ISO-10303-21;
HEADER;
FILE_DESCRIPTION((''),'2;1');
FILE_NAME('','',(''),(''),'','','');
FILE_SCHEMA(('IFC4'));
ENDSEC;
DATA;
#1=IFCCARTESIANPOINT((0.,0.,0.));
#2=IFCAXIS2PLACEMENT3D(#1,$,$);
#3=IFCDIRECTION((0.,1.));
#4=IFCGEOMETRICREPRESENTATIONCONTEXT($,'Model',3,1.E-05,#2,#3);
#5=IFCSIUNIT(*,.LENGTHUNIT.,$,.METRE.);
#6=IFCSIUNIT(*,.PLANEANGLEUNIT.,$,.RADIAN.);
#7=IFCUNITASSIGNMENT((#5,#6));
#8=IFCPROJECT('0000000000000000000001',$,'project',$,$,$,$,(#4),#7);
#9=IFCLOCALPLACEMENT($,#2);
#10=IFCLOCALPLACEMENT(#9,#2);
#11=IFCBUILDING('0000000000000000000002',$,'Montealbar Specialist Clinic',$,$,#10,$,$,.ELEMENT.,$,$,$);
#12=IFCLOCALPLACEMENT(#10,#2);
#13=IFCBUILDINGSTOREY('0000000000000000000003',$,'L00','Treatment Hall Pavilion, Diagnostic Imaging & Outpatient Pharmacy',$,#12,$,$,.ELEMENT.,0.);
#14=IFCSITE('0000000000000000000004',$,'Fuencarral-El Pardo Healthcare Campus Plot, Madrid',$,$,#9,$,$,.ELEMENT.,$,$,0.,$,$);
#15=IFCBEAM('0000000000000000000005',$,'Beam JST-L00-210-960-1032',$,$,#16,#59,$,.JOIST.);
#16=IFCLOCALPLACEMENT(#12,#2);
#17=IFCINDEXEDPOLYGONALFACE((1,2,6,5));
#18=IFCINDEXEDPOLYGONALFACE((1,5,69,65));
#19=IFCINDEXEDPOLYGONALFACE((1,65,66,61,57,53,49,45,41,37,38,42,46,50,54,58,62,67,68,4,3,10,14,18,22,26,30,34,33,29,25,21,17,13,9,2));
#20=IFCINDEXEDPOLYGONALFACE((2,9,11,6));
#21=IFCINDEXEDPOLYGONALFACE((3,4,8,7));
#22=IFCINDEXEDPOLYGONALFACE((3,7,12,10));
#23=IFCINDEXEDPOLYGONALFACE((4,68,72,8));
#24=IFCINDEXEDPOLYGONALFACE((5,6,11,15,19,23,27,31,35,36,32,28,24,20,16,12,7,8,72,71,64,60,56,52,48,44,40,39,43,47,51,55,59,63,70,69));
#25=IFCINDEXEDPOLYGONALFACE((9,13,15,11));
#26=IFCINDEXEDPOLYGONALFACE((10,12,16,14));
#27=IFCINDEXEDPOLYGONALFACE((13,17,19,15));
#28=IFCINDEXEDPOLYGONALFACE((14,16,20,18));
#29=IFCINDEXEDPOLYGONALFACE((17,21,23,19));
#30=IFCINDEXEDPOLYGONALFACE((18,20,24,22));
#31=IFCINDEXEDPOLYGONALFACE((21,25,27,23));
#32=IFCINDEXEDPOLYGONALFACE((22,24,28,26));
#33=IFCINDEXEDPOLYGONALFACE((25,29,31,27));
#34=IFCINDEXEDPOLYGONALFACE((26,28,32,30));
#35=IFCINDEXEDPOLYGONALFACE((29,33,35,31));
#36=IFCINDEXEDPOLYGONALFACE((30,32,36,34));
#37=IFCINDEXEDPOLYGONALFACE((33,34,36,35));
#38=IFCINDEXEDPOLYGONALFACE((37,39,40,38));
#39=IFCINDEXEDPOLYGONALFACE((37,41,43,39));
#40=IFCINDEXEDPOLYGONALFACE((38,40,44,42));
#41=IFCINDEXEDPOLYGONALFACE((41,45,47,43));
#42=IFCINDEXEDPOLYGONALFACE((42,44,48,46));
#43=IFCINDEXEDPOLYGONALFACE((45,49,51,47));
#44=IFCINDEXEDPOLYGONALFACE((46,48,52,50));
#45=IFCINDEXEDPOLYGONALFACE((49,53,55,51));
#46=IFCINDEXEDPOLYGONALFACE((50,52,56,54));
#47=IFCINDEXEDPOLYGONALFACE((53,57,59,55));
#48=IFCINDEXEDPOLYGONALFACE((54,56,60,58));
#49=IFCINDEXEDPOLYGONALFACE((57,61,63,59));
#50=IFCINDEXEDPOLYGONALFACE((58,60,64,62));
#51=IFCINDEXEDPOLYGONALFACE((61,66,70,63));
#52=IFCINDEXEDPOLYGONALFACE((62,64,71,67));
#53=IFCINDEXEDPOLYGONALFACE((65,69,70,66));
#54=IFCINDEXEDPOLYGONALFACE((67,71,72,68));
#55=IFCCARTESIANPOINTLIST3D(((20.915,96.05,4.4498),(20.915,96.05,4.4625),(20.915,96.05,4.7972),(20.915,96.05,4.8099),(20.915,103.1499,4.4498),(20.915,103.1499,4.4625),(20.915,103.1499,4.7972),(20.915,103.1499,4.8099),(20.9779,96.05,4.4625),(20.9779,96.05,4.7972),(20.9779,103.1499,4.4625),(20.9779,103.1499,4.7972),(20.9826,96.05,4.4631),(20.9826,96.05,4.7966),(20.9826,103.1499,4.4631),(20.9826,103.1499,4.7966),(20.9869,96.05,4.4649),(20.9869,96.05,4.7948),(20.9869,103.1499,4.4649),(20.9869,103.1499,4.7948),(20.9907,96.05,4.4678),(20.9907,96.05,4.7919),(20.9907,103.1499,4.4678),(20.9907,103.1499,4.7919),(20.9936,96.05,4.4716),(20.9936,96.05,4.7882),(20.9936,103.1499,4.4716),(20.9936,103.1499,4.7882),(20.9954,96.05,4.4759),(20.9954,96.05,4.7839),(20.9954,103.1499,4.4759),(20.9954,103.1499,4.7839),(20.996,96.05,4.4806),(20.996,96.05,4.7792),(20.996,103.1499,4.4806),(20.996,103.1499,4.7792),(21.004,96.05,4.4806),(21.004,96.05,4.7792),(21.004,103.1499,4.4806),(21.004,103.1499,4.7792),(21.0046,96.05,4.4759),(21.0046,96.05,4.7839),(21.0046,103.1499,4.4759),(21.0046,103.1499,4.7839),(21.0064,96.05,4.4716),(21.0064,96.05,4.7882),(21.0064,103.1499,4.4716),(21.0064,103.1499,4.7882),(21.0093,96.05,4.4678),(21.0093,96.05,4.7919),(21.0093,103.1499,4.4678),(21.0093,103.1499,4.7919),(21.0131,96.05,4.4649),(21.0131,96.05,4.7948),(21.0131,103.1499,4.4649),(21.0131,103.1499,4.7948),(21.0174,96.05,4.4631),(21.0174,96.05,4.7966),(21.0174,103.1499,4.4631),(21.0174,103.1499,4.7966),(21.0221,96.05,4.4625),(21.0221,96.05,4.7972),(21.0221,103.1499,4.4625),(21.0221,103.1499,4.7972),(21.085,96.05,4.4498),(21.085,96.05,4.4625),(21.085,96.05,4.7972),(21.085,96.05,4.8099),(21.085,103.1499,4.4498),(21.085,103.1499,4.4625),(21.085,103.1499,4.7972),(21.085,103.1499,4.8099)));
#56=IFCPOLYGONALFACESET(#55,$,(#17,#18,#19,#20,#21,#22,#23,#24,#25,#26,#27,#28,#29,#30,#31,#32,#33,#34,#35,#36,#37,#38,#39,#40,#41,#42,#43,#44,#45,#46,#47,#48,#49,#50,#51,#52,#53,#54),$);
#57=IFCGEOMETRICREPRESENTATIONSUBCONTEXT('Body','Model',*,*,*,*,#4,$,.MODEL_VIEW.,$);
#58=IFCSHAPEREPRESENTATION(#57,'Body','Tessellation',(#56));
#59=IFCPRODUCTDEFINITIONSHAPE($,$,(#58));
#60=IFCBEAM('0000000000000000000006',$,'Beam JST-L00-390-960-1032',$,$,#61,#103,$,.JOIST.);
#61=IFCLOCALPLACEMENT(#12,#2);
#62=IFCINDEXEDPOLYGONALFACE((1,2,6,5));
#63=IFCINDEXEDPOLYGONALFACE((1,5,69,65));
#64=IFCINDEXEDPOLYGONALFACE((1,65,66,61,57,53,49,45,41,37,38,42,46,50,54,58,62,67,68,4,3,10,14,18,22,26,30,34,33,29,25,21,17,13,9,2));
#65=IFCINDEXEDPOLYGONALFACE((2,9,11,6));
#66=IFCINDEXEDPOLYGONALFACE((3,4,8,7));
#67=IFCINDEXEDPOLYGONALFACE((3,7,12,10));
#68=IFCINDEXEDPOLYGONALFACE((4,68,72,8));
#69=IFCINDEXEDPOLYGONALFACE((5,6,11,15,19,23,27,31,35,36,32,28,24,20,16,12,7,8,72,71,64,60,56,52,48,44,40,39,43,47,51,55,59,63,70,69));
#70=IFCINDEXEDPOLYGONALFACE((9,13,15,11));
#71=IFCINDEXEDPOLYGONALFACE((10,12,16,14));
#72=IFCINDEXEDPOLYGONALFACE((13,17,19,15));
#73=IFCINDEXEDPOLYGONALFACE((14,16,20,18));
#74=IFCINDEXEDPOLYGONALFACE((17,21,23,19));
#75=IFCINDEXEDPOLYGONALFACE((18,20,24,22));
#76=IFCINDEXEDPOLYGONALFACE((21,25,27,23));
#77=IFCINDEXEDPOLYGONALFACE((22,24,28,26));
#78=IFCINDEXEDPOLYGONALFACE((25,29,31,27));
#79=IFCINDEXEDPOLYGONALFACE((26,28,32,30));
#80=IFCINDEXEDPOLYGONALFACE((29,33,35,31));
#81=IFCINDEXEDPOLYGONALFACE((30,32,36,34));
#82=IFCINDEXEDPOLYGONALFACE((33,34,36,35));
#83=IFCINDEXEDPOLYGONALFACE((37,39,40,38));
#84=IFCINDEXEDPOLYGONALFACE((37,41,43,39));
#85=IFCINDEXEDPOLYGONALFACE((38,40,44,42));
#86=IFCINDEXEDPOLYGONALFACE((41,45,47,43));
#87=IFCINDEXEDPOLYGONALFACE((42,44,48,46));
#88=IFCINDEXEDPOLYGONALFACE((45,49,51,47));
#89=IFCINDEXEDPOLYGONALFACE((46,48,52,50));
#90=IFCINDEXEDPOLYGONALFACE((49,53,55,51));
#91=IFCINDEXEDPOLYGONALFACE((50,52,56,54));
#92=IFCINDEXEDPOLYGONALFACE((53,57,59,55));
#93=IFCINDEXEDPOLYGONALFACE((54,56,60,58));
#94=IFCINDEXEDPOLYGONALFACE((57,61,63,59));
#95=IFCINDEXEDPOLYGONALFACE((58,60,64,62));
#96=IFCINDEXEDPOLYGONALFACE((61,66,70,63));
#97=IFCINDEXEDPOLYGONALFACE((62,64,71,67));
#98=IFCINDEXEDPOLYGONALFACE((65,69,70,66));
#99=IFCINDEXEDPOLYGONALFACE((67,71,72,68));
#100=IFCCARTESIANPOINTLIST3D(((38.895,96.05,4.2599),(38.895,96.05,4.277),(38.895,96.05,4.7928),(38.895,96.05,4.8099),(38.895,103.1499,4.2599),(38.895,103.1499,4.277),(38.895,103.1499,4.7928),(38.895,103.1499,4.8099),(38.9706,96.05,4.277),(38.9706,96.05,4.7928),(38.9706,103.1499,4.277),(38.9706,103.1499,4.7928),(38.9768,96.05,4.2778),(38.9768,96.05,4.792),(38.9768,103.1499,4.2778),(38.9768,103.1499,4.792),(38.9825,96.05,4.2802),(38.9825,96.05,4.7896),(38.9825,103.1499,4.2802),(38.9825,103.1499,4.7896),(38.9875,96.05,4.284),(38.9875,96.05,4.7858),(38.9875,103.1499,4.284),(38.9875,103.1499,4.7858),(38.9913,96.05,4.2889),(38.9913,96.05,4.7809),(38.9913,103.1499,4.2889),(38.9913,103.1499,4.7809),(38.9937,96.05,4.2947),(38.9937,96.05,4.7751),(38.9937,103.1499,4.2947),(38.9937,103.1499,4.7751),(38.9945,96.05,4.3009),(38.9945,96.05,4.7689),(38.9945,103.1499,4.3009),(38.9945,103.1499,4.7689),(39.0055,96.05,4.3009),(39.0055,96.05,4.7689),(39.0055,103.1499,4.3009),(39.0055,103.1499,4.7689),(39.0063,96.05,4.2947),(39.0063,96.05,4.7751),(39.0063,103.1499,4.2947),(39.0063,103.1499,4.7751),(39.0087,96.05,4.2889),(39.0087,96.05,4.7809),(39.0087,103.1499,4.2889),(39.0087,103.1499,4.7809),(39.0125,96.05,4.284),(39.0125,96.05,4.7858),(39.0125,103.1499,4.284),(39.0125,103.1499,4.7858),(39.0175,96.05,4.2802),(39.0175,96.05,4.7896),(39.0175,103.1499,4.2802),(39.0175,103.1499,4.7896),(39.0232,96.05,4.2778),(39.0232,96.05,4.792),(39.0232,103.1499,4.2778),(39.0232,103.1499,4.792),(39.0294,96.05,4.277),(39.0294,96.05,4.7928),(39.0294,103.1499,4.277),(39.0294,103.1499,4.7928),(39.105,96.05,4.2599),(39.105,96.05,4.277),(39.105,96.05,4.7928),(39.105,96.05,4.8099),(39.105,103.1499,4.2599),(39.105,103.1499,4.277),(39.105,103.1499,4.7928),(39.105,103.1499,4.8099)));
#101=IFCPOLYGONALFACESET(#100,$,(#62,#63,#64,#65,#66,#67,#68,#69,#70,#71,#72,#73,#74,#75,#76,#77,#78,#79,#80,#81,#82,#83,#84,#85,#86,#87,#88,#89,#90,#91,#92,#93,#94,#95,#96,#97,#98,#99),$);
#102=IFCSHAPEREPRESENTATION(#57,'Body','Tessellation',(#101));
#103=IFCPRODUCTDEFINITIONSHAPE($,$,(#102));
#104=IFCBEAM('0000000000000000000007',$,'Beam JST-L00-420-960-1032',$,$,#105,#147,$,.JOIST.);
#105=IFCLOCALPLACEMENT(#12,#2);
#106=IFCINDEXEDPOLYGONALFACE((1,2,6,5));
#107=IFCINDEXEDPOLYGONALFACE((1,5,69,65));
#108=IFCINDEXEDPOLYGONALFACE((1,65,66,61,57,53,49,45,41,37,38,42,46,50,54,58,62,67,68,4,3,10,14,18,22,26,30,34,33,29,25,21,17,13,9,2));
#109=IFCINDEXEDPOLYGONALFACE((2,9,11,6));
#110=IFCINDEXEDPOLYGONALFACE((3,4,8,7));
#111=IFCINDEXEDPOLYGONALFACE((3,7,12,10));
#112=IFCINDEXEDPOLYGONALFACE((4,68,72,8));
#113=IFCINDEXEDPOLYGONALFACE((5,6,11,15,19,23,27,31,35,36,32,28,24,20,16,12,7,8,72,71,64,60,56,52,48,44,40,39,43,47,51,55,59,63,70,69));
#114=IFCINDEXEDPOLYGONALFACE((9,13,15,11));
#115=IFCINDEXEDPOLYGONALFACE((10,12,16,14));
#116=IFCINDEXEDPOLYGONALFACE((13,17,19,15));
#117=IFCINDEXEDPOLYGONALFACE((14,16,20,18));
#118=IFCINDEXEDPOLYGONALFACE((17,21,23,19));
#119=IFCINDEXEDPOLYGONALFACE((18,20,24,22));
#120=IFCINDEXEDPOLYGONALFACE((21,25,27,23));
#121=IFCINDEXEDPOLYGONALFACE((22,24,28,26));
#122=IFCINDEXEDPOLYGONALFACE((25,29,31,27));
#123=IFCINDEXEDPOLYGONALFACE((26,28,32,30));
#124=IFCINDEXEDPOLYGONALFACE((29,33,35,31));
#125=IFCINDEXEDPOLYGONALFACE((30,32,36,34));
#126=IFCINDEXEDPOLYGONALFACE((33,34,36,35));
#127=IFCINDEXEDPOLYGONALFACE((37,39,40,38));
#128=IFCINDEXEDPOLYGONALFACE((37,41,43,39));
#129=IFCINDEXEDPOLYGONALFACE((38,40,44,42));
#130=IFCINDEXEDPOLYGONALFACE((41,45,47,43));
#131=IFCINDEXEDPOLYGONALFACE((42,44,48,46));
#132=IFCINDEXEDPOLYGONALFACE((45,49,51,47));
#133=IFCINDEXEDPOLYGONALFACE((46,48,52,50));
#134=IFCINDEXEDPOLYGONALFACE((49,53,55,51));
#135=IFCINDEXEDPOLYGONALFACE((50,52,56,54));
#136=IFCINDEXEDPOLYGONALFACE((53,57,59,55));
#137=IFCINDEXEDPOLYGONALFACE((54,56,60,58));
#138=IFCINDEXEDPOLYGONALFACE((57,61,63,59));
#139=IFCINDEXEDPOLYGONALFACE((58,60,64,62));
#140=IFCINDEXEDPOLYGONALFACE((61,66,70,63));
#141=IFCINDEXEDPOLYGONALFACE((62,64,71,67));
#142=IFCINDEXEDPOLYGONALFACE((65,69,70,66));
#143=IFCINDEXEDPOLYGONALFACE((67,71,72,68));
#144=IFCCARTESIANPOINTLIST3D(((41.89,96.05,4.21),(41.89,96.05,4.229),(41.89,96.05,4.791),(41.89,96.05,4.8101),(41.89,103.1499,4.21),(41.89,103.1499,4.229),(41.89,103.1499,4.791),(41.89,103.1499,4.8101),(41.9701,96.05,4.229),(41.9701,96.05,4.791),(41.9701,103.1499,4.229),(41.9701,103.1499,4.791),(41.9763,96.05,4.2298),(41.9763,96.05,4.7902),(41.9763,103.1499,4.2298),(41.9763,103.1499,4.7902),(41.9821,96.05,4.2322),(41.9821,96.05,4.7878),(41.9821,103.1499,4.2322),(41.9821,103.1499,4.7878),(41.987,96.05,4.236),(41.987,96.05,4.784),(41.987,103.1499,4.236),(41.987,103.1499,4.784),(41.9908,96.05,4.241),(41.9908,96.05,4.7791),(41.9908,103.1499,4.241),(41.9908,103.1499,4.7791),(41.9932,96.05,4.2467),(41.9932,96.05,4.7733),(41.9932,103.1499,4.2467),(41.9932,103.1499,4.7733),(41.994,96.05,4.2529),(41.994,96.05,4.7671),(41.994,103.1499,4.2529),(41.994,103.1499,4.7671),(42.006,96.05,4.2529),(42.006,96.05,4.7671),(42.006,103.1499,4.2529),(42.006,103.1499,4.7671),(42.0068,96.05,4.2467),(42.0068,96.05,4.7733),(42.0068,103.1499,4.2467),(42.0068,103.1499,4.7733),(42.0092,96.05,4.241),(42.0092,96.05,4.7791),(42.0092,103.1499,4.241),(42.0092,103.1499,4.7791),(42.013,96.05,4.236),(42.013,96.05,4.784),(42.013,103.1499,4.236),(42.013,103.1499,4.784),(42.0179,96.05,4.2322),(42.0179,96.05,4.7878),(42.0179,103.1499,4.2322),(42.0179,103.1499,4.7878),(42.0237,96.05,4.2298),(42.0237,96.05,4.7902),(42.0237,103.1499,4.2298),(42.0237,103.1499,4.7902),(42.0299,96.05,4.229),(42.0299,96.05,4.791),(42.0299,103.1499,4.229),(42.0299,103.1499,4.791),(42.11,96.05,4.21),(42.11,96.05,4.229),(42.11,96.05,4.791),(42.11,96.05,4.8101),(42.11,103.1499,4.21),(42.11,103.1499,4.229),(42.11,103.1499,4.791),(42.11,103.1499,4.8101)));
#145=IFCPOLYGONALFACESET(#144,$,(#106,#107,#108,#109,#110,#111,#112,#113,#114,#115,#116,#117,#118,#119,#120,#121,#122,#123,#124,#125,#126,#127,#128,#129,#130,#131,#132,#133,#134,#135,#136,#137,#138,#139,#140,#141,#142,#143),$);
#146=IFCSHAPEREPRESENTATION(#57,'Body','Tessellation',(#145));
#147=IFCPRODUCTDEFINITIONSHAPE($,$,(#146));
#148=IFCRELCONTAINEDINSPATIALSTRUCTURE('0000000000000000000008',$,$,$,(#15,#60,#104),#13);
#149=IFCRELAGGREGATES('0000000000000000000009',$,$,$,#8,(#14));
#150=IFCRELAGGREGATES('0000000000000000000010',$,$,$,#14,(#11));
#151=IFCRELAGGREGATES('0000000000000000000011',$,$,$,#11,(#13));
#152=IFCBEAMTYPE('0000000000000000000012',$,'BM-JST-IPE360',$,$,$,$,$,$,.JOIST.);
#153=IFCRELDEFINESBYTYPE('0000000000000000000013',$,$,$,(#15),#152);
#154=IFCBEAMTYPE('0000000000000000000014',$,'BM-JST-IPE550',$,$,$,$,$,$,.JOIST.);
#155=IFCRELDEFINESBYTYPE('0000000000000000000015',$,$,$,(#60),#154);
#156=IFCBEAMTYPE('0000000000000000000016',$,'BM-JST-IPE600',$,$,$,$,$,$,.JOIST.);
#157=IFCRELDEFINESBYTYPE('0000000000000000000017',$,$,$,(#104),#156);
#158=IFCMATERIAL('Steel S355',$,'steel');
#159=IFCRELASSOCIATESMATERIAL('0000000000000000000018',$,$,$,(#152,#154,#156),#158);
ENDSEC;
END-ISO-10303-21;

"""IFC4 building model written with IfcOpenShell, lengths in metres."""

from ifc_helpers import new_model, si_unit, direction, frame, origin, origin_2d, place, context, subcontext, project, spatial, i_section, extrude, material, material_profile, profile_set, type_object, element, save


model = new_model("IFC4")

# Units and contexts
model_context = context("Model", 3, precision=1e-05, world=origin(), true_north=direction((0.0, 1.0)))
body_context = subcontext(model_context, "Body", "Model", "MODEL_VIEW")
ifc_project = project(units=[si_unit("LENGTHUNIT", "METRE"), si_unit("PLANEANGLEUNIT", "RADIAN")], contexts=[model_context])

# Site, building, storey
site_placement = place(None, origin())
site = spatial("IfcSite", under=ifc_project, at=site_placement, Name="Fuencarral-El Pardo Healthcare Campus Plot, Madrid", CompositionType="ELEMENT", RefElevation=0.0)
building_placement = place(site_placement, origin())
building = spatial("IfcBuilding", under=site, at=building_placement, Name="Montealbar Specialist Clinic", CompositionType="ELEMENT")
storey_placement = place(building_placement, origin())
storey = spatial("IfcBuildingStorey", under=building, at=storey_placement, Name="L00", Description="Treatment Hall Pavilion, Diagnostic Imaging & Outpatient Pharmacy", CompositionType="ELEMENT", Elevation=0.0)

# Beams
ifc_material_1 = material(Name="Steel S355", Category="steel")
ifc_material_profile_1 = material_profile(ifc_material_1, i_section(OverallWidth=0.1699, OverallDepth=0.3601, WebThickness=0.0081, FlangeThickness=0.0127, FilletRadius=0.0181, at=origin_2d()), Name="IPE 360", Category="steel")
ifc_profile_set_1 = profile_set([ifc_material_profile_1], Name="Steel S355")
beam_type_1 = type_object("IfcBeamType", Name="BM-JST-IPE360", PredefinedType="JOIST", material=ifc_profile_set_1)
beam_1_placement = place(storey_placement, frame((21.0, 96.05, 4.6299), z_axis=(0.0, 1.0, 0.0), x_axis=(-1.0, 0.0, 0.0)))
element("IfcBeam", 1, at=beam_1_placement, inside=storey, type_object=beam_type_1, Name="Beam JST-L00-210-960-1032", PredefinedType="JOIST", context=body_context, shape_type="SweptSolid", body=[
    extrude(i_section(OverallWidth=0.1699, OverallDepth=0.3601, WebThickness=0.0081, FlangeThickness=0.0127, FilletRadius=0.0181, at=origin_2d()), origin(), (0.0, 0.0, 1.0), 7.0999),
])
ifc_material_profile_2 = material_profile(ifc_material_1, i_section(OverallWidth=0.21, OverallDepth=0.55, WebThickness=0.011, FlangeThickness=0.0171, FilletRadius=0.0239, at=origin_2d()), Name="IPE 550", Category="steel")
ifc_profile_set_2 = profile_set([ifc_material_profile_2], Name="Steel S355")
beam_type_2 = type_object("IfcBeamType", Name="BM-JST-IPE550", PredefinedType="JOIST", material=ifc_profile_set_2)
beam_2_placement = place(storey_placement, frame((39.0, 96.05, 4.5349), z_axis=(0.0, 1.0, 0.0), x_axis=(-1.0, 0.0, 0.0)))
element("IfcBeam", 2, at=beam_2_placement, inside=storey, type_object=beam_type_2, Name="Beam JST-L00-390-960-1032", PredefinedType="JOIST", context=body_context, shape_type="SweptSolid", body=[
    extrude(i_section(OverallWidth=0.21, OverallDepth=0.55, WebThickness=0.011, FlangeThickness=0.0171, FilletRadius=0.0239, at=origin_2d()), origin(), (0.0, 0.0, 1.0), 7.0999),
])
ifc_material_profile_3 = material_profile(ifc_material_1, i_section(OverallWidth=0.22, OverallDepth=0.6001, WebThickness=0.012, FlangeThickness=0.019, FilletRadius=0.0239, at=origin_2d()), Name="IPE 600", Category="steel")
ifc_profile_set_3 = profile_set([ifc_material_profile_3], Name="Steel S355")
beam_type_3 = type_object("IfcBeamType", Name="BM-JST-IPE600", PredefinedType="JOIST", material=ifc_profile_set_3)
beam_3_placement = place(storey_placement, frame((42.0, 96.05, 4.51), z_axis=(0.0, 1.0, 0.0), x_axis=(-1.0, 0.0, 0.0)))
element("IfcBeam", 3, at=beam_3_placement, inside=storey, type_object=beam_type_3, Name="Beam JST-L00-420-960-1032", PredefinedType="JOIST", context=body_context, shape_type="SweptSolid", body=[
    extrude(i_section(OverallWidth=0.22, OverallDepth=0.6001, WebThickness=0.012, FlangeThickness=0.019, FilletRadius=0.0239, at=origin_2d()), origin(), (0.0, 0.0, 1.0), 7.0999),
])

save(model, "model.ifc")
